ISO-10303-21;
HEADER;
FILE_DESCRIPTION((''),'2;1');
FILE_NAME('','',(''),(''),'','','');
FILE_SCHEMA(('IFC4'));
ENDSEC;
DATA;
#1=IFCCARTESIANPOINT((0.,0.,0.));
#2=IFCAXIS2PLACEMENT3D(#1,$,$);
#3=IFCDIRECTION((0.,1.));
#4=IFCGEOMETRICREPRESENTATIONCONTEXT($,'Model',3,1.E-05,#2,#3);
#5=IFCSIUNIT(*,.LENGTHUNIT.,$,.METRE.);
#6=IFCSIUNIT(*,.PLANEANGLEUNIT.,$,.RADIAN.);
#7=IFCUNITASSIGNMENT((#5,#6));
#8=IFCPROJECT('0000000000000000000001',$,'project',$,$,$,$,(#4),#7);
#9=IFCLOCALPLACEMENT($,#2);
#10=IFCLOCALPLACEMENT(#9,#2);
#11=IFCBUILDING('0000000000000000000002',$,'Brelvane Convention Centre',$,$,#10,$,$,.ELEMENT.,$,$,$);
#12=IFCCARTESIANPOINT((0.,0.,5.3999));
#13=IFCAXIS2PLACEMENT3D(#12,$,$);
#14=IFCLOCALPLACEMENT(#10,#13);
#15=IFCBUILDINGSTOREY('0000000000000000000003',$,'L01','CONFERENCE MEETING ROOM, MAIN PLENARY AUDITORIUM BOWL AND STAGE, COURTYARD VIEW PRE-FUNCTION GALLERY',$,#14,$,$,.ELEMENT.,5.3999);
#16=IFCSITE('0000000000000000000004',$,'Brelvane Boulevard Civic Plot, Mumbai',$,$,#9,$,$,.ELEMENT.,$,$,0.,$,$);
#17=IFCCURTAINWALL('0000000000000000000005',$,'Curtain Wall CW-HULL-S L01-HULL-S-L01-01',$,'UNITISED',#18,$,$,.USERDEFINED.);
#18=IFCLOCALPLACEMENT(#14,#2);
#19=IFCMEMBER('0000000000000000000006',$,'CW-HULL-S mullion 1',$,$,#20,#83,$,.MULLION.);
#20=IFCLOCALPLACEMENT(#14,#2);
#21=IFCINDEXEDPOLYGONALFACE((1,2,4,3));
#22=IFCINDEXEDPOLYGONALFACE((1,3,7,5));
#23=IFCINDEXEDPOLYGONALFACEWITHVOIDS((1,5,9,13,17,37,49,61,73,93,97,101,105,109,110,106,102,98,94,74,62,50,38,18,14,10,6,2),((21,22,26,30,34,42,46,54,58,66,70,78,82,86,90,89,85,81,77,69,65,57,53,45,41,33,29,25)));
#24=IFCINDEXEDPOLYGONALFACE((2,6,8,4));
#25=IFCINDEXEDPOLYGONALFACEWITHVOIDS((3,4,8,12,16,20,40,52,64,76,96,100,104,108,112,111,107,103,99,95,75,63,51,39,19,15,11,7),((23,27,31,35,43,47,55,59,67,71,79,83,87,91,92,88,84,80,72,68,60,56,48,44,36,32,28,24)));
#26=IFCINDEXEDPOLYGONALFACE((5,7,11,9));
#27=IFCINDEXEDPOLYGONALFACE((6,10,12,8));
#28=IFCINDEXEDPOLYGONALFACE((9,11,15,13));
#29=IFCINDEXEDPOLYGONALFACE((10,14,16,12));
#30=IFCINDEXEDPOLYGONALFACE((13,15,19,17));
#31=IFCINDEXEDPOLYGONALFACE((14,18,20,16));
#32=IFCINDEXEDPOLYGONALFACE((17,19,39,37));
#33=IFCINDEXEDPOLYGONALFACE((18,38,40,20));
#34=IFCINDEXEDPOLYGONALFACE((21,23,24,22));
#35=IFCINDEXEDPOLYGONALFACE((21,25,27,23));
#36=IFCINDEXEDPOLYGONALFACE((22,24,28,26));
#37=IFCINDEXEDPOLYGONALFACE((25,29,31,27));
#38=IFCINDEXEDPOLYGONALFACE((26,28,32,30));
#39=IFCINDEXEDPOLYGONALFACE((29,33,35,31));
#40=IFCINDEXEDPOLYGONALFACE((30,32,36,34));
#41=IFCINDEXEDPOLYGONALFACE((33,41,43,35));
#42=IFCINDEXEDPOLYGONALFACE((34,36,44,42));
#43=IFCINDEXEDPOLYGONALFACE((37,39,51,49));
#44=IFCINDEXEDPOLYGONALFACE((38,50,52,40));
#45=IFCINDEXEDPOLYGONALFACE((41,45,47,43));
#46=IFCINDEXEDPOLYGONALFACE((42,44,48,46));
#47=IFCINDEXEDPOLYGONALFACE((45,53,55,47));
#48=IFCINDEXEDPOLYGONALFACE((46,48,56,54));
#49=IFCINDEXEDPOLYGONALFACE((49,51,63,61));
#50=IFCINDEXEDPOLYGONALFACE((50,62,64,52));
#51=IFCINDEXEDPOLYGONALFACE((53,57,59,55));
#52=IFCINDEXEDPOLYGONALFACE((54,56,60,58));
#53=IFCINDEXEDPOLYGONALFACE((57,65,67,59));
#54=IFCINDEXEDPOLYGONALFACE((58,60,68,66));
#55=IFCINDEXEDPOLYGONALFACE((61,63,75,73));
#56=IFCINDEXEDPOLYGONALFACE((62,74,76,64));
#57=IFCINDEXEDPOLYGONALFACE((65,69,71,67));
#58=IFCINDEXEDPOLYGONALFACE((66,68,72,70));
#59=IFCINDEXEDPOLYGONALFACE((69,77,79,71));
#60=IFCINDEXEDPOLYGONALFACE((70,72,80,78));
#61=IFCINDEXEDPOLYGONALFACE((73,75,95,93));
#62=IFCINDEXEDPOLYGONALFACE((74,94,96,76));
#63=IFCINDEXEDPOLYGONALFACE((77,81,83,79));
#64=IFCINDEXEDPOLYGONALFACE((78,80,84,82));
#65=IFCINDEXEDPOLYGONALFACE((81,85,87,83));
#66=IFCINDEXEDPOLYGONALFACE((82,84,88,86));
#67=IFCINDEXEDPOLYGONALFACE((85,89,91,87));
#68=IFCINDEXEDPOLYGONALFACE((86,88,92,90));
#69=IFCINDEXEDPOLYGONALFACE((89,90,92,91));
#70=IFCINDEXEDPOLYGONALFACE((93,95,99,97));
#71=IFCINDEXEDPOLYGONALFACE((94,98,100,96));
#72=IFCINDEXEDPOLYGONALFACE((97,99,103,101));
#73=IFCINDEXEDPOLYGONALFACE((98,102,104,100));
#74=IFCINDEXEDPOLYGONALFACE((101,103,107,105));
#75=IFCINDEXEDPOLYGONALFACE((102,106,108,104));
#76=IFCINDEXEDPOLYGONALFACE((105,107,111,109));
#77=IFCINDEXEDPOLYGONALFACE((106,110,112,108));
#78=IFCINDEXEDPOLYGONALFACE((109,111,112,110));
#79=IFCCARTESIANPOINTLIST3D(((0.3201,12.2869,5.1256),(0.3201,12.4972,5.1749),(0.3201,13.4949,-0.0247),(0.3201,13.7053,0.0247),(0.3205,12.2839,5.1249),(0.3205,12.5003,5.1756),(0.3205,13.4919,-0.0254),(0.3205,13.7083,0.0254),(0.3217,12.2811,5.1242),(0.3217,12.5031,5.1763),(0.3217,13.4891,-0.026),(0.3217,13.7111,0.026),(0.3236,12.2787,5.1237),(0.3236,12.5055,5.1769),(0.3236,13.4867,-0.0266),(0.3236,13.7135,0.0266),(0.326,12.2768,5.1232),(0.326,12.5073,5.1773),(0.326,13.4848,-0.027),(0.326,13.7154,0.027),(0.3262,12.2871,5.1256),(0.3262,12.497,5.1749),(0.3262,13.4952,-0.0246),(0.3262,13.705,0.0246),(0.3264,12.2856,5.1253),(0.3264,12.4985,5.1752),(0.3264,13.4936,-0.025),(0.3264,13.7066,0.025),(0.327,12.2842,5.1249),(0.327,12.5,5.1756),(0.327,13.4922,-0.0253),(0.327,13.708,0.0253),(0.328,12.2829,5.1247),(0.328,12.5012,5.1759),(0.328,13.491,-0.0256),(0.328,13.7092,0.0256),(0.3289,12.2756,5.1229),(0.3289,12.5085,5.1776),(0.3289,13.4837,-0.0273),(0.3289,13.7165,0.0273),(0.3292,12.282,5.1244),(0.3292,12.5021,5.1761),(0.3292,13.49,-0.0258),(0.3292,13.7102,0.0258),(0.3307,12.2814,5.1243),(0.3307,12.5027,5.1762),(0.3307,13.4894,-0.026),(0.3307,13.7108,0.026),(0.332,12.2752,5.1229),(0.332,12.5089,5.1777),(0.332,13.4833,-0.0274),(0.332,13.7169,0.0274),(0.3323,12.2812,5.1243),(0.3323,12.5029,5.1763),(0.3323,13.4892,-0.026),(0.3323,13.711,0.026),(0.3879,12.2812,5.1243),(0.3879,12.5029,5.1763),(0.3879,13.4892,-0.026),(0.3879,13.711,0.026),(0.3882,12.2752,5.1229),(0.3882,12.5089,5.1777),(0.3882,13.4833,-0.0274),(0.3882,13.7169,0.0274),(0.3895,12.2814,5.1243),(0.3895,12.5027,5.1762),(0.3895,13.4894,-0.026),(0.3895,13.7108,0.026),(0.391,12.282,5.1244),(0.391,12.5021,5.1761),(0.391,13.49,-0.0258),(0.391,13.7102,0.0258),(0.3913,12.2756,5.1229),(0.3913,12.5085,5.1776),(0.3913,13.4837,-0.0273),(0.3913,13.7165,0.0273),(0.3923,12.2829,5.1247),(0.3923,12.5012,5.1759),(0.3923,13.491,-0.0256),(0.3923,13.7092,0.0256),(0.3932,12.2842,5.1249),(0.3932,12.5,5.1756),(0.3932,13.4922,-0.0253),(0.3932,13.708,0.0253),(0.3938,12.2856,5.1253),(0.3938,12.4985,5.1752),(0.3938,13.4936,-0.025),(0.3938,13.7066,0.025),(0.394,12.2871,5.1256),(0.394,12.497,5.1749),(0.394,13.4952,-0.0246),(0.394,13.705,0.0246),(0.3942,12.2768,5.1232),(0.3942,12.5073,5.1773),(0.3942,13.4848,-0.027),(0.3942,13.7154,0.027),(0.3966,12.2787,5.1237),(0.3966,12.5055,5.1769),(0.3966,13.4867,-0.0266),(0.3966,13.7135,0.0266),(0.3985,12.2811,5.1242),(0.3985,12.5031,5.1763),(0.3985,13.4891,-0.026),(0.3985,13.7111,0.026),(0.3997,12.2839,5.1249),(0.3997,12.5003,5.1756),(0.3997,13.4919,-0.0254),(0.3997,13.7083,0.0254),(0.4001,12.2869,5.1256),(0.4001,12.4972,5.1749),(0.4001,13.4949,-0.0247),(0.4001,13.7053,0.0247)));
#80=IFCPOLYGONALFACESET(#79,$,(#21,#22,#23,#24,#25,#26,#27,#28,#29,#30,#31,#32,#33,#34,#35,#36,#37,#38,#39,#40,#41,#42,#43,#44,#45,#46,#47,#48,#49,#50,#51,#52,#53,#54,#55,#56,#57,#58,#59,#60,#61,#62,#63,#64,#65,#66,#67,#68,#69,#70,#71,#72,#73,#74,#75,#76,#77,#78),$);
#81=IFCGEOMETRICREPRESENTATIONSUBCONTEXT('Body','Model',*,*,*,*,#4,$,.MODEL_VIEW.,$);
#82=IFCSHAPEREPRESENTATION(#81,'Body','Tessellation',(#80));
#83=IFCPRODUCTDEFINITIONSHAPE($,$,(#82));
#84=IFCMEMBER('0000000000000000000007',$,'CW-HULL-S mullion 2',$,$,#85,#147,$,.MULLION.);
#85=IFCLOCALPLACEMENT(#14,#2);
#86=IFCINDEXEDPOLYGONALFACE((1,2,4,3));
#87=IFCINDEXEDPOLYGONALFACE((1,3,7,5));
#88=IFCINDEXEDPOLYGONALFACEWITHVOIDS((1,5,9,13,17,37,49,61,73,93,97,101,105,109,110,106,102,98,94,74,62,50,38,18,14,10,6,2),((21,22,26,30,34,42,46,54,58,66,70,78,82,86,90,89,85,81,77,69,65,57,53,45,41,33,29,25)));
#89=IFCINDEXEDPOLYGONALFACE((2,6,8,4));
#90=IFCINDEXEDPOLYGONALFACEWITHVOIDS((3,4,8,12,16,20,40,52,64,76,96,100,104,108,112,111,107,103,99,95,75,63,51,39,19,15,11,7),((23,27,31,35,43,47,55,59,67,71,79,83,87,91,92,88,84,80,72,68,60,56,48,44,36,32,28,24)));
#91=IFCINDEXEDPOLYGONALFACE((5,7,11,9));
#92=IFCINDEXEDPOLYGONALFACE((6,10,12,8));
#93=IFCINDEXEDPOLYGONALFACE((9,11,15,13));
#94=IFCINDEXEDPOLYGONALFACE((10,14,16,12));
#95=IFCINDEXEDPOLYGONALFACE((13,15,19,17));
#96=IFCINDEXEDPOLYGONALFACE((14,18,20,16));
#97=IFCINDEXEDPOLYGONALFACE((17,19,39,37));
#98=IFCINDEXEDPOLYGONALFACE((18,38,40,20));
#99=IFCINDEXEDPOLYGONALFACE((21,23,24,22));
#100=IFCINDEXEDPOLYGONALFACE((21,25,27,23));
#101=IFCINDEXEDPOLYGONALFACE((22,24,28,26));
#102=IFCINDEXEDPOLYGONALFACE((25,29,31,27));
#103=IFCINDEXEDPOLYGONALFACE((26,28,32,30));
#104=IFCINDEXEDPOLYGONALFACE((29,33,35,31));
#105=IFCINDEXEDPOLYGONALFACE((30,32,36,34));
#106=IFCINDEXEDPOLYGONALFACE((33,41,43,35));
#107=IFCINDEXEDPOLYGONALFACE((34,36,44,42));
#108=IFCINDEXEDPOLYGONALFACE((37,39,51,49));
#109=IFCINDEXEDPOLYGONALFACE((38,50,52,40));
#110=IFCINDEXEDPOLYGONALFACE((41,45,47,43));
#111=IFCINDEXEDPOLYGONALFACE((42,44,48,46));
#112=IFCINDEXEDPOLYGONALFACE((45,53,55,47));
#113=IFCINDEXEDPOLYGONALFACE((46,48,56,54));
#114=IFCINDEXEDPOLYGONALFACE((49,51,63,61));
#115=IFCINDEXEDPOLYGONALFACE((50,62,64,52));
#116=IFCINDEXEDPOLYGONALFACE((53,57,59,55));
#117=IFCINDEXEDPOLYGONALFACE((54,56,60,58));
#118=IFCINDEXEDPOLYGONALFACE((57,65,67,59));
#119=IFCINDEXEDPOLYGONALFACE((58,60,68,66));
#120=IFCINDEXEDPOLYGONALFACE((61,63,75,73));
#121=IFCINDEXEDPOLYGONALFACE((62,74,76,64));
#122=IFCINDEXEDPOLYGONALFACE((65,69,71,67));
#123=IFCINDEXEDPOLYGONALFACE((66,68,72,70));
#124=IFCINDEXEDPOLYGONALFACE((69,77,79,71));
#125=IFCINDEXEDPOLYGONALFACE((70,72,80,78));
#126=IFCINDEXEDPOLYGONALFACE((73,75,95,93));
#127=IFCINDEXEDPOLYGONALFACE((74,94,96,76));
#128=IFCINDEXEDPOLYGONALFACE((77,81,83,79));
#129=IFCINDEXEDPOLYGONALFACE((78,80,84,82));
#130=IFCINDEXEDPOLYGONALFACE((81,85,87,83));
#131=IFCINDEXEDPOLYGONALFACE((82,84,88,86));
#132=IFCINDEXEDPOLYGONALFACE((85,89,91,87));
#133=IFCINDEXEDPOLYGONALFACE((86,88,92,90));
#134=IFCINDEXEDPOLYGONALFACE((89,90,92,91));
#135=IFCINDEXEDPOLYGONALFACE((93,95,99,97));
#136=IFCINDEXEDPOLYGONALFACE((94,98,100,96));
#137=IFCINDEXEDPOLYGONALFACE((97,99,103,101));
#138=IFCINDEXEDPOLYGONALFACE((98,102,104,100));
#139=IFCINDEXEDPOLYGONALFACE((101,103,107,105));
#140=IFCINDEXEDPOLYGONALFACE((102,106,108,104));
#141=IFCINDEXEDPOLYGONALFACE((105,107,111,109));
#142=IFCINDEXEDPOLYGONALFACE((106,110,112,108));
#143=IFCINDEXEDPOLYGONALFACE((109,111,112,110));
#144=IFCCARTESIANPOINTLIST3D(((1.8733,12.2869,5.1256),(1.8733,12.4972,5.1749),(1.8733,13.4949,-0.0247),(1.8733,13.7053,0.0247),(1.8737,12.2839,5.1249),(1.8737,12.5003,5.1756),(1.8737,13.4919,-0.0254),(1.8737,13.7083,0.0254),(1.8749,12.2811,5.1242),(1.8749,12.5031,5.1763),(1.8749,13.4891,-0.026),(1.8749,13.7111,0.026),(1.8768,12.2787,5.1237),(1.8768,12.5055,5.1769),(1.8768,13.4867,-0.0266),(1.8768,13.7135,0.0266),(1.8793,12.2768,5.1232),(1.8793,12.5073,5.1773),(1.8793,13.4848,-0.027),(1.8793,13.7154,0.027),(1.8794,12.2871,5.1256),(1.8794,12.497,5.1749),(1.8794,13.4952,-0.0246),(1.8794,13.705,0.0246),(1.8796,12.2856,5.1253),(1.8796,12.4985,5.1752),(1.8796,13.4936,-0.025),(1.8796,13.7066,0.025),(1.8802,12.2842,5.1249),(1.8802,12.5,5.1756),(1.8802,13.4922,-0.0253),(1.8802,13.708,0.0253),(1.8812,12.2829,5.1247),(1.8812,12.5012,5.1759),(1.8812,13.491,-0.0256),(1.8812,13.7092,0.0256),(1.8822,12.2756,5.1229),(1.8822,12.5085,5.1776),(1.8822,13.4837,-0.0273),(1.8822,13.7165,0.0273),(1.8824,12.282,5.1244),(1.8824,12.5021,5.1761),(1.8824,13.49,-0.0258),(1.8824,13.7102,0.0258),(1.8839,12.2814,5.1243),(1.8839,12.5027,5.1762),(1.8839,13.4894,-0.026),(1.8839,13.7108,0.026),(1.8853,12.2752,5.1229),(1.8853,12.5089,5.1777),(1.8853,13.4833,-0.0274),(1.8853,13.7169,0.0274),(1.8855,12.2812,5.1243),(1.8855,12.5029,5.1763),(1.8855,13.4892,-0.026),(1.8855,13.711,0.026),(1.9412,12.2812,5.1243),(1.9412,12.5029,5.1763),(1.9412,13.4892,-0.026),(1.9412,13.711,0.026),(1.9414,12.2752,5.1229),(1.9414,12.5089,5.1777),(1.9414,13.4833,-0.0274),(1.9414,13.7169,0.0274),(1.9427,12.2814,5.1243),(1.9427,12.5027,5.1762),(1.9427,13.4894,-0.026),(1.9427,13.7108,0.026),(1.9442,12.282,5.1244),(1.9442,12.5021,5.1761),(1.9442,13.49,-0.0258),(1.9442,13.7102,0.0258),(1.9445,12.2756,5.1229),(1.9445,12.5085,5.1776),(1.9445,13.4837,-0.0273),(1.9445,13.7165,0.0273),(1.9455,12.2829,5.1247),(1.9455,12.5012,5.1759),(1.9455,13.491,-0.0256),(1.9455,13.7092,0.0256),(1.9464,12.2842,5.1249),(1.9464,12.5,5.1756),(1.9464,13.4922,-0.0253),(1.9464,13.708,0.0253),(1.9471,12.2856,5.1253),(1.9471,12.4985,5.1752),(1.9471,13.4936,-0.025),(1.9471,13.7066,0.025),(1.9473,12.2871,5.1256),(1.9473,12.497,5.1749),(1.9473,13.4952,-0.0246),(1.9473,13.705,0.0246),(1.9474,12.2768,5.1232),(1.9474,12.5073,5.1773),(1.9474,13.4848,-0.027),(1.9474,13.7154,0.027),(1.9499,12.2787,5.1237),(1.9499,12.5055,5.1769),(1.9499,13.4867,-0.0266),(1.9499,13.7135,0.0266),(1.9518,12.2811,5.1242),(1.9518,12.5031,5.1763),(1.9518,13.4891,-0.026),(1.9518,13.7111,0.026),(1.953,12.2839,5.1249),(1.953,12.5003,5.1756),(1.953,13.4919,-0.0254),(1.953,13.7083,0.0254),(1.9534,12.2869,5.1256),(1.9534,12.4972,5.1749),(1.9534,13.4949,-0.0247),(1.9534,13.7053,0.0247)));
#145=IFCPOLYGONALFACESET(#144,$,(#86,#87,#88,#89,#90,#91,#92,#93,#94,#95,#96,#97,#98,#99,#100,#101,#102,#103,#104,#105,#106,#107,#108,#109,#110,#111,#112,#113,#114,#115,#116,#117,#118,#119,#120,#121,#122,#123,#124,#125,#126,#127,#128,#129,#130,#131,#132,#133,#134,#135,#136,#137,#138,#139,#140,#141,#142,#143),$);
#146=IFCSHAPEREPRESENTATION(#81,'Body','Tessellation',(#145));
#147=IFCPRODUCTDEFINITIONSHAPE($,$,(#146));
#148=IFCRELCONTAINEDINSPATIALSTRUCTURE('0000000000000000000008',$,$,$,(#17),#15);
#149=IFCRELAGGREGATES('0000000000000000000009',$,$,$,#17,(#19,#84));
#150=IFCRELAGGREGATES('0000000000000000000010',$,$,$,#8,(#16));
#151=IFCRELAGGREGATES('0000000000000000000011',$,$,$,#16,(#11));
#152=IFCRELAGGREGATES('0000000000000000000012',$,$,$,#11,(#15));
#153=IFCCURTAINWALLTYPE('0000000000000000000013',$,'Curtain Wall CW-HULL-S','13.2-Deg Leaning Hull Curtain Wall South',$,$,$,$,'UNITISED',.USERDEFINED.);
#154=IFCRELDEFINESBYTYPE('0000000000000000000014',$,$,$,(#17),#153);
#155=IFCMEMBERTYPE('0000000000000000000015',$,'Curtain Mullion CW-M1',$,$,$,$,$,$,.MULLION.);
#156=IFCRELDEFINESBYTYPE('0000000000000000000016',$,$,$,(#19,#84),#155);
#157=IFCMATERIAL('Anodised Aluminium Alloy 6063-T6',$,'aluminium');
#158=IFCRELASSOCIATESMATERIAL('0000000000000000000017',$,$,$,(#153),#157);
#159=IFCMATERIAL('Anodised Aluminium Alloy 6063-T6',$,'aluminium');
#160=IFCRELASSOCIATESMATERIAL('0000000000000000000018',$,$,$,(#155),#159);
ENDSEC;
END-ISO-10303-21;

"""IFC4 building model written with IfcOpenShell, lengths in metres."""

from ifc_helpers import new_model, si_unit, direction, frame, origin, origin_2d, place, context, subcontext, project, spatial, hollow_rectangle, extrude, material, material_profile, profile_set, type_object, element, aggregate, save


model = new_model("IFC4")

# Units and contexts
model_context = context("Model", 3, precision=1e-05, world=origin(), true_north=direction((0.0, 1.0)))
body_context = subcontext(model_context, "Body", "Model", "MODEL_VIEW")
ifc_project = project(units=[si_unit("LENGTHUNIT", "METRE"), si_unit("PLANEANGLEUNIT", "RADIAN")], contexts=[model_context])

# Site, building, storey
site_placement = place(None, origin())
site = spatial("IfcSite", under=ifc_project, at=site_placement, Name="Brelvane Boulevard Civic Plot, Mumbai", CompositionType="ELEMENT", RefElevation=0.0)
building_placement = place(site_placement, origin())
building = spatial("IfcBuilding", under=site, at=building_placement, Name="Brelvane Convention Centre", CompositionType="ELEMENT")
storey_placement = place(building_placement, frame((0.0, 0.0, 5.3999)))
storey = spatial("IfcBuildingStorey", under=building, at=storey_placement, Name="L01", Description="CONFERENCE MEETING ROOM, MAIN PLENARY AUDITORIUM BOWL AND STAGE, COURTYARD VIEW PRE-FUNCTION GALLERY", CompositionType="ELEMENT", Elevation=5.3999)

# Curtain wall, members
ifc_material_1 = material(Name="Anodised Aluminium Alloy 6063-T6", Category="aluminium")
curtain_wall_type = type_object("IfcCurtainWallType", Name="Curtain Wall CW-HULL-S", Description="13.2-Deg Leaning Hull Curtain Wall South", ElementType="UNITISED", PredefinedType="USERDEFINED", material=ifc_material_1)
curtain_wall_1_placement = place(storey_placement, origin())
curtain_wall_1 = element("IfcCurtainWall", 1, at=curtain_wall_1_placement, inside=storey, type_object=curtain_wall_type, Name="Curtain Wall CW-HULL-S L01-HULL-S-L01-01", ObjectType="UNITISED", PredefinedType="USERDEFINED")
ifc_material_2 = material(Name="Anodised Aluminium Alloy 6063-T6", Category="aluminium")
ifc_material_profile_1 = material_profile(ifc_material_2, hollow_rectangle(XDim=0.0801, YDim=0.24, WallThickness=0.0061, InnerFilletRadius=0.0061, OuterFilletRadius=0.012, at=origin_2d()), Name="ALU-M 240x80x6.0")
ifc_profile_set_1 = profile_set([ifc_material_profile_1], Name="Anodised Aluminium Alloy 6063-T6")
member_type_1 = type_object("IfcMemberType", Name="Curtain Mullion CW-M1", PredefinedType="MULLION", material=ifc_profile_set_1)
member_1_placement = place(storey_placement, frame((0.3601, 13.6001, 0.0), z_axis=(0.0, -0.22836, 0.973577), x_axis=(1.0, 0.0, 0.0)))
member_1 = element("IfcMember", 2, at=member_1_placement, type_object=member_type_1, Name="CW-HULL-S mullion 1", PredefinedType="MULLION", context=body_context, shape_type="SweptSolid", body=[
    extrude(hollow_rectangle(XDim=0.0801, YDim=0.24, WallThickness=0.0061, InnerFilletRadius=0.0061, OuterFilletRadius=0.012, at=origin_2d()), origin(), (0.0, 0.0, 1.0), 5.29),
])
member_2_placement = place(storey_placement, frame((1.9133, 13.6001, 0.0), z_axis=(0.0, -0.22836, 0.973577), x_axis=(1.0, 0.0, 0.0)))
member_2 = element("IfcMember", 3, at=member_2_placement, type_object=member_type_1, Name="CW-HULL-S mullion 2", PredefinedType="MULLION", context=body_context, shape_type="SweptSolid", body=[
    extrude(hollow_rectangle(XDim=0.0801, YDim=0.24, WallThickness=0.0061, InnerFilletRadius=0.0061, OuterFilletRadius=0.012, at=origin_2d()), origin(), (0.0, 0.0, 1.0), 5.29),
])

aggregate(curtain_wall_1, [member_1, member_2])

save(model, "model.ifc")
